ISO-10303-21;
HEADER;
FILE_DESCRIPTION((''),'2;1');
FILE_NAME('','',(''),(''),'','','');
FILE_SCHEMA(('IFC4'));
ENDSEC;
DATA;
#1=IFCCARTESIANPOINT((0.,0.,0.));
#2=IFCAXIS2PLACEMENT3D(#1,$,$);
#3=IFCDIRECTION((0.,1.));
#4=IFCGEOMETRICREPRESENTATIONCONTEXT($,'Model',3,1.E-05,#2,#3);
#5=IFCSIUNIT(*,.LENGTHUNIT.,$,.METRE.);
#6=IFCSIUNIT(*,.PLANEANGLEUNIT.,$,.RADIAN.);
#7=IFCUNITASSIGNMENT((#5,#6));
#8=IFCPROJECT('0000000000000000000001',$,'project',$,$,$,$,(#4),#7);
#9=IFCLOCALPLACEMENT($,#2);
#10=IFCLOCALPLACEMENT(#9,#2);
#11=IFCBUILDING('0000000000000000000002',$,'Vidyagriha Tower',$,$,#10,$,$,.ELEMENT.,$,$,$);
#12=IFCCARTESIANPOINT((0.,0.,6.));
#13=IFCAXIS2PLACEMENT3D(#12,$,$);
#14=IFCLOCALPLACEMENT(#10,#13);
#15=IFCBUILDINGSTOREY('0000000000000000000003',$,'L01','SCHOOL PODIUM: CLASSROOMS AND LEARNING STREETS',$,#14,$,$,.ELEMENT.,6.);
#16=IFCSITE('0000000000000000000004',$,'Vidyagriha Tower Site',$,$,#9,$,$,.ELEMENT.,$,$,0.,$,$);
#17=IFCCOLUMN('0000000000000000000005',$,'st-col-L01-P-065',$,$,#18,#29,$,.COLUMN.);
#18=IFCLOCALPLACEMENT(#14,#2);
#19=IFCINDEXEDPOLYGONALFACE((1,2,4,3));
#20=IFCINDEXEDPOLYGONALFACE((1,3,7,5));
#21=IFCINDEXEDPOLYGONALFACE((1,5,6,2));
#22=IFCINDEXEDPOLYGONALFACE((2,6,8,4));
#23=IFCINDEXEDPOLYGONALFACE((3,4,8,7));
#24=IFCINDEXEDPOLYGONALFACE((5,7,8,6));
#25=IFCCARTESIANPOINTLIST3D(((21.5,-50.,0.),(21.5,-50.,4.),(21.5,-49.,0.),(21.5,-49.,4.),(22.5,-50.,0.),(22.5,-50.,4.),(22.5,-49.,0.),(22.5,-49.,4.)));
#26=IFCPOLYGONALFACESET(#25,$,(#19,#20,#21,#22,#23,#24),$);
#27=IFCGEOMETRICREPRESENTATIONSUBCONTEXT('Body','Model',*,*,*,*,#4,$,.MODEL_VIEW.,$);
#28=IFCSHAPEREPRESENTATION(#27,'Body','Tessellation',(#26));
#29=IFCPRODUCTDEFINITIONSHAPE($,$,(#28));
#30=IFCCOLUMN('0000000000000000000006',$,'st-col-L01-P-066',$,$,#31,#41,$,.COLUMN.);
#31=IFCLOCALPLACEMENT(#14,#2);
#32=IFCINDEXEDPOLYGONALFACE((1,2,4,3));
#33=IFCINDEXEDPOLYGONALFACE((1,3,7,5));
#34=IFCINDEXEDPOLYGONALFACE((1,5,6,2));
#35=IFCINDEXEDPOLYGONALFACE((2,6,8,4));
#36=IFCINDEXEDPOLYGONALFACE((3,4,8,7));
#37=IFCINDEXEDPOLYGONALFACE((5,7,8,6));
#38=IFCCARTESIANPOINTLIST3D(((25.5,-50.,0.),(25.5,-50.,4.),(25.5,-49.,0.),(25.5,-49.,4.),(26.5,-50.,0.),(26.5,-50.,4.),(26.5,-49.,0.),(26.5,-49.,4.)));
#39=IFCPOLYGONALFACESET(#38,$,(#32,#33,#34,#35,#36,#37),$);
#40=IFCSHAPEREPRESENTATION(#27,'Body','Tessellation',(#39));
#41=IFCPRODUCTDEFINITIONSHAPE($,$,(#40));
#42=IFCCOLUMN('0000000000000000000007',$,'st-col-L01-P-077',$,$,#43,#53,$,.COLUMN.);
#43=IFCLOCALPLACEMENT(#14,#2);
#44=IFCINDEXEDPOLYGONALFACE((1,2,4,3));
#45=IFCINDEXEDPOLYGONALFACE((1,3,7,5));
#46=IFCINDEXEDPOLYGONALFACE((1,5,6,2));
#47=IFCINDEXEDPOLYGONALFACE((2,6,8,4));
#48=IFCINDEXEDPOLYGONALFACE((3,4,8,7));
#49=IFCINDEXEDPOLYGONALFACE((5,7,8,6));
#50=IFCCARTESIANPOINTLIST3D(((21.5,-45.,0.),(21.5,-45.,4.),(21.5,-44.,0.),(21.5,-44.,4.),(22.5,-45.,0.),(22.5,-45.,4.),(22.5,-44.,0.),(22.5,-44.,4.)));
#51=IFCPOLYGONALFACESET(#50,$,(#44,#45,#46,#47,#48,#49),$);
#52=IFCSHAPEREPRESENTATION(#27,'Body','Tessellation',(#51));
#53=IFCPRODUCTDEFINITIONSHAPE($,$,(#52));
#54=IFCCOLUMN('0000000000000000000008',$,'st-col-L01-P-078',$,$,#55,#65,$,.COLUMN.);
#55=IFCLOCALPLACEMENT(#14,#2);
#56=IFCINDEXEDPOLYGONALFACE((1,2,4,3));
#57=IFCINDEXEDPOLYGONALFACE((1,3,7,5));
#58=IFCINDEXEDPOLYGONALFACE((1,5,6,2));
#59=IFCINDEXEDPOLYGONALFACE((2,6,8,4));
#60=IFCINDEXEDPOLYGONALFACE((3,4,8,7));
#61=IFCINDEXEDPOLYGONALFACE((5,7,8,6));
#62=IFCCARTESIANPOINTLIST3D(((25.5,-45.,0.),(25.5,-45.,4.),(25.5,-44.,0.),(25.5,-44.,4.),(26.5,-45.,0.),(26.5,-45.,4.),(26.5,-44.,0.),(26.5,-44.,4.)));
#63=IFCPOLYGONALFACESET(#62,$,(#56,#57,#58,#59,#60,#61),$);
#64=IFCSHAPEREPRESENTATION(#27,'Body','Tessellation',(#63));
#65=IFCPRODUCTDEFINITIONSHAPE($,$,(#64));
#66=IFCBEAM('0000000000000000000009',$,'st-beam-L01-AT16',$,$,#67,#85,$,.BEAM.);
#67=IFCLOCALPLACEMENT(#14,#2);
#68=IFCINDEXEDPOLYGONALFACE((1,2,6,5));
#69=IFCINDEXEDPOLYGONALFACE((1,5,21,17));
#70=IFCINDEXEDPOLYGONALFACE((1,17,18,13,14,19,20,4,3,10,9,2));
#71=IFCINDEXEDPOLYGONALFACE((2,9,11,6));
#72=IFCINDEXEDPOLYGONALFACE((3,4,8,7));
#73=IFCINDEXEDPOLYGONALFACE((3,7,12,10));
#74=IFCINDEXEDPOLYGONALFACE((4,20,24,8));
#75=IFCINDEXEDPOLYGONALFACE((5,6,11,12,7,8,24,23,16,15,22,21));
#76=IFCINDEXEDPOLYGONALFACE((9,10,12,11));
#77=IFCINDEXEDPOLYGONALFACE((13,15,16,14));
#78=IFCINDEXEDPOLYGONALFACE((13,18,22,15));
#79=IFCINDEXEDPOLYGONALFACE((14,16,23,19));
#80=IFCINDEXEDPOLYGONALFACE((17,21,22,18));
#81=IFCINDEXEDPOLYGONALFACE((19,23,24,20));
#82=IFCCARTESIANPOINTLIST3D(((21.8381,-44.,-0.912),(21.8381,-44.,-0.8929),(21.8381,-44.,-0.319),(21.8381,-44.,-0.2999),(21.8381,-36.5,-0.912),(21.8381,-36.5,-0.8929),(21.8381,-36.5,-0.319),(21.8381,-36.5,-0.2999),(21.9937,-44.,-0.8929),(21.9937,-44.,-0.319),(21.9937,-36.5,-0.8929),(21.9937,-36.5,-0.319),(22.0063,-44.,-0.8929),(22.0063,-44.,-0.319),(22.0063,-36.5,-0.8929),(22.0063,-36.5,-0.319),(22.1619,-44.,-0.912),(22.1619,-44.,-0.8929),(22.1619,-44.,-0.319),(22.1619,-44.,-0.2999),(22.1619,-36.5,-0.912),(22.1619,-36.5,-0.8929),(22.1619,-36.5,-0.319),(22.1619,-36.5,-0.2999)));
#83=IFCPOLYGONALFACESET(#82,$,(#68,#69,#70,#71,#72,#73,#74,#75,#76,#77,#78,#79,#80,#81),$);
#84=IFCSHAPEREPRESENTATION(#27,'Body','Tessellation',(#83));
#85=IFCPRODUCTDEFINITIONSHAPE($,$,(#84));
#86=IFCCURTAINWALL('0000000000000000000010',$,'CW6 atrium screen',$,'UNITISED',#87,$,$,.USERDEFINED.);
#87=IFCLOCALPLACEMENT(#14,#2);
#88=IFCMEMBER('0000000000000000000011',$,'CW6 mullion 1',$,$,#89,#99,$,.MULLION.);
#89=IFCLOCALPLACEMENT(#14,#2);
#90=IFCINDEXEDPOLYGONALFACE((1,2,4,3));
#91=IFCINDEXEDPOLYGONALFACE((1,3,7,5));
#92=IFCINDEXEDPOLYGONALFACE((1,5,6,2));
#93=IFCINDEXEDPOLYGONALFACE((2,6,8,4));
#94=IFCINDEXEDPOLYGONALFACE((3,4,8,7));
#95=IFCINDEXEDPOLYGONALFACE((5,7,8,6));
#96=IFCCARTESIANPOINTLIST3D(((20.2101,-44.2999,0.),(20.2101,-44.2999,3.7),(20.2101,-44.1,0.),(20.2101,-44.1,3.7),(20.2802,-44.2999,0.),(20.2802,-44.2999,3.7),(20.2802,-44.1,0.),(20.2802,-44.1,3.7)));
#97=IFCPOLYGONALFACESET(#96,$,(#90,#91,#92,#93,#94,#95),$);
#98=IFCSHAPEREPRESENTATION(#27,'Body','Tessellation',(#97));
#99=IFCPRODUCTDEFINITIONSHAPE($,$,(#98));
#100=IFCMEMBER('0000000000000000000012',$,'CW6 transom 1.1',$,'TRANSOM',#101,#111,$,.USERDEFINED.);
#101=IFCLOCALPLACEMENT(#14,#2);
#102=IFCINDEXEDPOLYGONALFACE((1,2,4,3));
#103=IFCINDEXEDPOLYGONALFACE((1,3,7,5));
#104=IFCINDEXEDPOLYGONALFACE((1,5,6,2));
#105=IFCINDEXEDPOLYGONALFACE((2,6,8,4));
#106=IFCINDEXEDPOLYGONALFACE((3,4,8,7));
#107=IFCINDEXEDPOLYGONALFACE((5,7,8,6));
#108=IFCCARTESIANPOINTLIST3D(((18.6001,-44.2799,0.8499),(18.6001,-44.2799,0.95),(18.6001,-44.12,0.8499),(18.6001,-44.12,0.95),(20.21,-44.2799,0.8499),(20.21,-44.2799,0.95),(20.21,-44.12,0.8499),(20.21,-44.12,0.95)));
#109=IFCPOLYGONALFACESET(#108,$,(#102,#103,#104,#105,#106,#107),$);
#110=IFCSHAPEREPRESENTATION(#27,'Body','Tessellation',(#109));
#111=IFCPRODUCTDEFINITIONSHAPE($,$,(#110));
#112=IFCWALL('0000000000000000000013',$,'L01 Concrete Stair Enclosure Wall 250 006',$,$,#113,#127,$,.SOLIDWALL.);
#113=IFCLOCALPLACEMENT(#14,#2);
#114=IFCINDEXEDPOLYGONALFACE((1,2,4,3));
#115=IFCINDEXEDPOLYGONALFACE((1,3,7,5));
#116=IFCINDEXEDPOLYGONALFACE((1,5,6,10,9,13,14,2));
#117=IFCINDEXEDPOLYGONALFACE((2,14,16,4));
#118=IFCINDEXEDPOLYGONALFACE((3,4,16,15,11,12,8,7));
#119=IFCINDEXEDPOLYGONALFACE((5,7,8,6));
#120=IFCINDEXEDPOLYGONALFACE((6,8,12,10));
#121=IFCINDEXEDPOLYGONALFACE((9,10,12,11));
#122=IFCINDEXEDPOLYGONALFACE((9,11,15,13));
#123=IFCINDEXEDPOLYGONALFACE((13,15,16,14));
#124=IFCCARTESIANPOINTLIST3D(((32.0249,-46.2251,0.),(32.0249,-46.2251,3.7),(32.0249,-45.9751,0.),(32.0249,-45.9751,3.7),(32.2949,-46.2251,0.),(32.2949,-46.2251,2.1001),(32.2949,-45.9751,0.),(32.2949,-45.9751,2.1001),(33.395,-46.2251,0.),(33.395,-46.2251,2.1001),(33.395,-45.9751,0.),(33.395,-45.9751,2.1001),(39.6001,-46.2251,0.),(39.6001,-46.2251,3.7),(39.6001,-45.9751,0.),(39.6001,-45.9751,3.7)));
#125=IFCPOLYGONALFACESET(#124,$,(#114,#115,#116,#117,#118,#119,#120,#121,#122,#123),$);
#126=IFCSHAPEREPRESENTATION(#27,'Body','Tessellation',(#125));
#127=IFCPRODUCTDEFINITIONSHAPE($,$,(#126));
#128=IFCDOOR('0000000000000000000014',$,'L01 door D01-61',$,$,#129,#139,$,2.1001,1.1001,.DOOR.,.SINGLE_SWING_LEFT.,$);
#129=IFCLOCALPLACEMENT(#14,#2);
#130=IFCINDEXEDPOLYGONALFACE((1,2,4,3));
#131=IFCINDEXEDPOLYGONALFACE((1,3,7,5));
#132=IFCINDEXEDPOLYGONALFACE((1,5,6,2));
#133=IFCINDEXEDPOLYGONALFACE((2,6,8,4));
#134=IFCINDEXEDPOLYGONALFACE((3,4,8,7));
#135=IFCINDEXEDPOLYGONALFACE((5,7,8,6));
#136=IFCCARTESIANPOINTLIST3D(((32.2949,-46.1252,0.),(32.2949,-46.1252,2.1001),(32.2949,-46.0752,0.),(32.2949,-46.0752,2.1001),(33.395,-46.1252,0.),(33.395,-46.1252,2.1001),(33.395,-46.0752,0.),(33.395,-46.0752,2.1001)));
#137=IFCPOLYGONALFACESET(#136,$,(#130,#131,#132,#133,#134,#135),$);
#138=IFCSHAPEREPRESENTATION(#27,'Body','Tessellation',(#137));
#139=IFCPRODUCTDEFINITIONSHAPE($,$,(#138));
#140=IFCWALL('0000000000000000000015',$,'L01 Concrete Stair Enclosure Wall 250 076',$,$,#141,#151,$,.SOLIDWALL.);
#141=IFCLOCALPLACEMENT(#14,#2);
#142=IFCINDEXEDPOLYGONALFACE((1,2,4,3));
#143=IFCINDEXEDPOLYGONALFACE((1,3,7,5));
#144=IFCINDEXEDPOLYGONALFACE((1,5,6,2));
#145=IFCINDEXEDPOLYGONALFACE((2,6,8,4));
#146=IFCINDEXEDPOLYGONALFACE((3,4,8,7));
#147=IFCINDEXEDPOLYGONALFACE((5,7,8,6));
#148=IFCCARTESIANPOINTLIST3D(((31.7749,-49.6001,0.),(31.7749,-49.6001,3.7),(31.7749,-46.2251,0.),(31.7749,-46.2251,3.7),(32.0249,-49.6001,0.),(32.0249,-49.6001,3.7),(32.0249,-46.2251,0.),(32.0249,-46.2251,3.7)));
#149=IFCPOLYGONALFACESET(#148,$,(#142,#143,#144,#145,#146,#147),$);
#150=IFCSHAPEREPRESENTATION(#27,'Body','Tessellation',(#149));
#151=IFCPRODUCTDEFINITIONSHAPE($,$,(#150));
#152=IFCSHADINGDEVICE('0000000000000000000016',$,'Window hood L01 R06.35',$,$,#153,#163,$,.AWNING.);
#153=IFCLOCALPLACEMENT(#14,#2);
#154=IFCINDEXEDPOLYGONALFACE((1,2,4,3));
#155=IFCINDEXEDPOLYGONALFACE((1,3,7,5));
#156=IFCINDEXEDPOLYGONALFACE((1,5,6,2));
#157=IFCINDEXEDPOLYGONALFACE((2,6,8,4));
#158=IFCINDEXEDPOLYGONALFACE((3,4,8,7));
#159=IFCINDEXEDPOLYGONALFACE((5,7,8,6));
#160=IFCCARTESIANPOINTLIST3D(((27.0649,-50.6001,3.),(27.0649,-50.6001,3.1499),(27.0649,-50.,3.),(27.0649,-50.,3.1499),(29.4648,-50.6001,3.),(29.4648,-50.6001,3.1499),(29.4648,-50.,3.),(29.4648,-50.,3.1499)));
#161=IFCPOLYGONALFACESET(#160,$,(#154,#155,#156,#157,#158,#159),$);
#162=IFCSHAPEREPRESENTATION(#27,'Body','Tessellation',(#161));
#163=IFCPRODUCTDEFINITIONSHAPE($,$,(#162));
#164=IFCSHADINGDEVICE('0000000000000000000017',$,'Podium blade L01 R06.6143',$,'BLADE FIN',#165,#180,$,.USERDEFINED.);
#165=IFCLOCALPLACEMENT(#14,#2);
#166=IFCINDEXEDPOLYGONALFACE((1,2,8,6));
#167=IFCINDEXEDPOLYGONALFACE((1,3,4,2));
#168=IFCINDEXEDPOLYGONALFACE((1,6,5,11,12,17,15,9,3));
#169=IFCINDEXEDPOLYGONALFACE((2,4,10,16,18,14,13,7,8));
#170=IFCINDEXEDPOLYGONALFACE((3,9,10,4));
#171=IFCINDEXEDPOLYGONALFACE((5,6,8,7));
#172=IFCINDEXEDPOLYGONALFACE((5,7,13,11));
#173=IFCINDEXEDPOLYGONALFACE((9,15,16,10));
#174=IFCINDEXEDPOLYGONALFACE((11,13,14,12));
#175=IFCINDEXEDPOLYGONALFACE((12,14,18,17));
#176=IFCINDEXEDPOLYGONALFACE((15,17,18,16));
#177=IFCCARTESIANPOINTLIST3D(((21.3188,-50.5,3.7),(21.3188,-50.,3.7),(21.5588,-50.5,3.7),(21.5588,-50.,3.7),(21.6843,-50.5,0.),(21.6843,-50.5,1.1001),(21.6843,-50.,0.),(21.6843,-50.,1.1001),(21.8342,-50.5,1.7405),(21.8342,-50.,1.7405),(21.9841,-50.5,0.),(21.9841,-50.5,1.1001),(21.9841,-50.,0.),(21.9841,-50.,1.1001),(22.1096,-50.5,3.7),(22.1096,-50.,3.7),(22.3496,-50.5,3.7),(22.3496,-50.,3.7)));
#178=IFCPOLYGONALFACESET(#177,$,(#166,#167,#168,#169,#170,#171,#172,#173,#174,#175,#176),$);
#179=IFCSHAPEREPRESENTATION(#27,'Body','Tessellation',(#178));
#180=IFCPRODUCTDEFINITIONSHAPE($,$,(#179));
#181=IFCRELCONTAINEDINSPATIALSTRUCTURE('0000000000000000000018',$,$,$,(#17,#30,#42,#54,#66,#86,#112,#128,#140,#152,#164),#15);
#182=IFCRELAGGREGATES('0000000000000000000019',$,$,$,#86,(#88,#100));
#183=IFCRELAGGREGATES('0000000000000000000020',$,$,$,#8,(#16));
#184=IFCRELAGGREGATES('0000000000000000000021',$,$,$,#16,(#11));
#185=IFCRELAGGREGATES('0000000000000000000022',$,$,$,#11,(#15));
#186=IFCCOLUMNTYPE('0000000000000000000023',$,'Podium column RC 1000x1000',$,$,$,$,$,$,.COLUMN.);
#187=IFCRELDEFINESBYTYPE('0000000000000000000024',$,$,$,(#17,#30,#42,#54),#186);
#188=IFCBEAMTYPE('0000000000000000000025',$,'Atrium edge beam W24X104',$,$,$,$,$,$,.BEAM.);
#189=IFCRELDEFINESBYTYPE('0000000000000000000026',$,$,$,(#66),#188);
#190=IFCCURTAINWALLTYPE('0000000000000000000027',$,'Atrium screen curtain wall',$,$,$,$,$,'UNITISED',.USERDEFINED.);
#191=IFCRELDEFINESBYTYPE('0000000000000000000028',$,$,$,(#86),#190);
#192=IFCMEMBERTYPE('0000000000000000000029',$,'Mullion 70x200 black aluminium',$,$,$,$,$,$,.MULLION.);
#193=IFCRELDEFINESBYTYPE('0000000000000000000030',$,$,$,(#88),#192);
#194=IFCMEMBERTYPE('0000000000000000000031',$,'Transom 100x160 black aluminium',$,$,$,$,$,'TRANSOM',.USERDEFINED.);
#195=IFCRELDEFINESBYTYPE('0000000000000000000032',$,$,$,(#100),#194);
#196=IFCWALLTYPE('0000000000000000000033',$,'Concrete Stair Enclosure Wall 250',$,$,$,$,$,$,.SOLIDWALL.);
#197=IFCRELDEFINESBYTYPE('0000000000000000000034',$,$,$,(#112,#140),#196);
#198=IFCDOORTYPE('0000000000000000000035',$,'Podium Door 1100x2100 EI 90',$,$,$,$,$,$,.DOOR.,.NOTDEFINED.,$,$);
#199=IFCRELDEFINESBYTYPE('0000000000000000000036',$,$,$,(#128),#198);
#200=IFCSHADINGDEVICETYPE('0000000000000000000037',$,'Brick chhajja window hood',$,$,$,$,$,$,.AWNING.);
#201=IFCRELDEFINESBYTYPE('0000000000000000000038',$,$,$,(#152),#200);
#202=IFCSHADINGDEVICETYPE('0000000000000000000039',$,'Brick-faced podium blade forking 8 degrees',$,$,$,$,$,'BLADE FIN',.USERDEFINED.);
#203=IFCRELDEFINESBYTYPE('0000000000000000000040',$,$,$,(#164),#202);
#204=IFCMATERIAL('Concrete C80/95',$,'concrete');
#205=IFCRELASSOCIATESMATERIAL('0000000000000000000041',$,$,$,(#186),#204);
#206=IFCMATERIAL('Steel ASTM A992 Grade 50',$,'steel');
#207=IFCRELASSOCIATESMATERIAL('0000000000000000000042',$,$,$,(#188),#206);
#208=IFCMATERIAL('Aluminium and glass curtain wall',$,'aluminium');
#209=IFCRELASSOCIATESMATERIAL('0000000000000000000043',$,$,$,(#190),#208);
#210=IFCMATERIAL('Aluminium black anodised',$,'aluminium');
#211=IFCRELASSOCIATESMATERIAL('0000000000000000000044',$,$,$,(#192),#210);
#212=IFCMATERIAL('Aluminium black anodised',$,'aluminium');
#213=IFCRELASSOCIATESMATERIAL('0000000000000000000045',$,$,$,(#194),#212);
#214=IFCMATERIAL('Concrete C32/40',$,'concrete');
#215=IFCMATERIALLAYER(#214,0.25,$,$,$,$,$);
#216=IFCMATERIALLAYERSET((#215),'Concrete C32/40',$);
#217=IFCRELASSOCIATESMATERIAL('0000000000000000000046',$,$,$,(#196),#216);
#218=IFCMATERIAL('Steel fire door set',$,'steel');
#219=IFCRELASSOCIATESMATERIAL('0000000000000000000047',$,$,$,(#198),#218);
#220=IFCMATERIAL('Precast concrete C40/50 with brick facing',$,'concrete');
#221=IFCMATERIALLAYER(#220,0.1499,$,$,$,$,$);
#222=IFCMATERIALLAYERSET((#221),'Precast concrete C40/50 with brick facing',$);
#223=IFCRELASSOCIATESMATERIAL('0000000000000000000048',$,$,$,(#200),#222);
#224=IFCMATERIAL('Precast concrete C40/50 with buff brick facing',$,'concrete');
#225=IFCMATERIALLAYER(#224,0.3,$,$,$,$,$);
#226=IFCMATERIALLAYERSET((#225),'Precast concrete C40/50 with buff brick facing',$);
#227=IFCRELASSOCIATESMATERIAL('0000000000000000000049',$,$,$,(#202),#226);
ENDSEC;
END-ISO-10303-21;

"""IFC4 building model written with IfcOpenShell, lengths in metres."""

from ifc_helpers import new_model, si_unit, direction, frame, frame_2d, origin, origin_2d, place, context, subcontext, project, spatial, polyline, rectangle, i_section, outline, extrude, material, layer, layer_set, material_profile, profile_set, type_object, element, fill, aggregate, save


model = new_model("IFC4")

# Units and contexts
model_context = context("Model", 3, precision=1e-05, world=origin(), true_north=direction((0.0, 1.0)))
body_context = subcontext(model_context, "Body", "Model", "MODEL_VIEW")
ifc_project = project(units=[si_unit("LENGTHUNIT", "METRE"), si_unit("PLANEANGLEUNIT", "RADIAN")], contexts=[model_context])

# Site, building, storey
site_placement = place(None, origin())
site = spatial("IfcSite", under=ifc_project, at=site_placement, Name="Vidyagriha Tower Site", CompositionType="ELEMENT", RefElevation=0.0)
building_placement = place(site_placement, origin())
building = spatial("IfcBuilding", under=site, at=building_placement, Name="Vidyagriha Tower", CompositionType="ELEMENT")
storey_placement = place(building_placement, frame((0.0, 0.0, 6.0)))
storey = spatial("IfcBuildingStorey", under=building, at=storey_placement, Name="L01", Description="SCHOOL PODIUM: CLASSROOMS AND LEARNING STREETS", CompositionType="ELEMENT", Elevation=6.0)

# Columns
ifc_material_1 = material(Name="Concrete C80/95", Category="concrete")
ifc_material_profile_1 = material_profile(ifc_material_1, rectangle(XDim=1.0, YDim=1.0, at=origin_2d()), Name="RC 1000x1000")
ifc_profile_set_1 = profile_set([ifc_material_profile_1], Name="Concrete C80/95")
column_type = type_object("IfcColumnType", Name="Podium column RC 1000x1000", PredefinedType="COLUMN", material=ifc_profile_set_1)
for number, where, name in (
    (1, (22.0, -49.5, 0.0), "st-col-L01-P-065"),
    (2, (26.0, -49.5, 0.0), "st-col-L01-P-066"),
    (3, (22.0, -44.5, 0.0), "st-col-L01-P-077"),
    (4, (26.0, -44.5, 0.0), "st-col-L01-P-078"),
):
    element("IfcColumn", number, at=place(storey_placement, frame(where)), inside=storey, type_object=column_type, Name=name, PredefinedType="COLUMN", context=body_context, shape_type="SweptSolid", body=[
        extrude(rectangle(XDim=1.0, YDim=1.0, at=origin_2d()), origin(), (0.0, 0.0, 1.0), 4.0),
    ])

# Beam
ifc_material_2 = material(Name="Steel ASTM A992 Grade 50", Category="steel")
ifc_material_profile_2 = material_profile(ifc_material_2, i_section(OverallWidth=0.3237, OverallDepth=0.6121, WebThickness=0.0127, FlangeThickness=0.019, at=origin_2d()), Name="W24X104")
ifc_profile_set_2 = profile_set([ifc_material_profile_2], Name="Steel ASTM A992 Grade 50")
beam_type = type_object("IfcBeamType", Name="Atrium edge beam W24X104", PredefinedType="BEAM", material=ifc_profile_set_2)
beam_placement = place(storey_placement, frame((22.0, -44.0, -0.606), z_axis=(0.0, 1.0, 0.0), x_axis=(-1.0, 0.0, 0.0)))
element("IfcBeam", 5, at=beam_placement, inside=storey, type_object=beam_type, Name="st-beam-L01-AT16", PredefinedType="BEAM", context=body_context, shape_type="SweptSolid", body=[
    extrude(i_section(OverallWidth=0.3237, OverallDepth=0.6121, WebThickness=0.0127, FlangeThickness=0.019, at=origin_2d()), origin(), (0.0, 0.0, 1.0), 7.5),
])

# Curtain wall, members
ifc_material_3 = material(Name="Aluminium and glass curtain wall", Category="aluminium")
curtain_wall_type = type_object("IfcCurtainWallType", Name="Atrium screen curtain wall", ElementType="UNITISED", PredefinedType="USERDEFINED", material=ifc_material_3)
curtain_wall_placement = place(storey_placement, origin())
curtain_wall = element("IfcCurtainWall", 6, at=curtain_wall_placement, inside=storey, type_object=curtain_wall_type, Name="CW6 atrium screen", ObjectType="UNITISED", PredefinedType="USERDEFINED")
ifc_material_4 = material(Name="Aluminium black anodised", Category="aluminium")
ifc_material_profile_3 = material_profile(ifc_material_4, rectangle(XDim=0.2, YDim=0.0701, at=origin_2d()), Name="Mullion 70x200 black aluminium")
ifc_profile_set_3 = profile_set([ifc_material_profile_3], Name="Aluminium black anodised")
member_type_1 = type_object("IfcMemberType", Name="Mullion 70x200 black aluminium", PredefinedType="MULLION", material=ifc_profile_set_3)
member_1_placement = place(storey_placement, frame((20.2451, -44.2, 0.0), z_axis=(0.0, 0.0, 1.0), x_axis=(0.0, -1.0, 0.0)))
member_1 = element("IfcMember", 7, at=member_1_placement, type_object=member_type_1, Name="CW6 mullion 1", PredefinedType="MULLION", context=body_context, shape_type="SweptSolid", body=[
    extrude(rectangle(XDim=0.2, YDim=0.0701, at=origin_2d()), origin(), (0.0, 0.0, 1.0), 3.7),
])
ifc_material_5 = material(Name="Aluminium black anodised", Category="aluminium")
ifc_material_profile_4 = material_profile(ifc_material_5, rectangle(XDim=0.1599, YDim=0.1001, at=origin_2d()), Name="Transom 100x160 black aluminium")
ifc_profile_set_4 = profile_set([ifc_material_profile_4], Name="Aluminium black anodised")
member_type_2 = type_object("IfcMemberType", Name="Transom 100x160 black aluminium", ElementType="TRANSOM", PredefinedType="USERDEFINED", material=ifc_profile_set_4)
member_2_placement = place(storey_placement, frame((20.21, -44.2, 0.8999), z_axis=(-1.0, 0.0, 0.0), x_axis=(0.0, -1.0, 0.0)))
member_2 = element("IfcMember", 8, at=member_2_placement, type_object=member_type_2, Name="CW6 transom 1.1", ObjectType="TRANSOM", PredefinedType="USERDEFINED", context=body_context, shape_type="SweptSolid", body=[
    extrude(rectangle(XDim=0.1599, YDim=0.1001, at=origin_2d()), origin(), (0.0, 0.0, 1.0), 1.6099),
])
aggregate(curtain_wall, [member_1, member_2])

# Wall, opening, door
ifc_material_6 = material(Name="Concrete C32/40", Category="concrete")
ifc_layer_1 = layer(ifc_material_6, 0.25)
ifc_layer_set_1 = layer_set([ifc_layer_1], Name="Concrete C32/40")
wall_type = type_object("IfcWallType", Name="Concrete Stair Enclosure Wall 250", PredefinedType="SOLIDWALL", material=ifc_layer_set_1)
wall_1_placement = place(storey_placement, frame((32.0249, -46.1001, 0.0)))
wall_1 = element("IfcWall", 9, at=wall_1_placement, inside=storey, type_object=wall_type, Name="L01 Concrete Stair Enclosure Wall 250 006", PredefinedType="SOLIDWALL", context=body_context, shape_type="SweptSolid", body=[
    extrude(rectangle(XDim=7.5752, YDim=0.25, at=frame_2d((3.7876, 0.0))), origin(), (0.0, 0.0, 1.0), 3.7),
])
opening_placement = place(wall_1_placement, frame((0.27, 0.0, 0.0)))
opening = element("IfcOpeningElement", 10, at=opening_placement, cuts=wall_1, PredefinedType="OPENING", context=body_context, shape_type="SweptSolid", body=[
    extrude(rectangle(XDim=1.1001, YDim=2.1001, at=frame_2d((0.55, 1.05))), frame((0.0, 0.135, 0.0), z_axis=(0.0, -1.0, 0.0), x_axis=(1.0, 0.0, 0.0)), (0.0, 0.0, 1.0), 0.27),
])
ifc_material_7 = material(Name="Steel fire door set", Category="steel")
door_type = type_object("IfcDoorType", Name="Podium Door 1100x2100 EI 90", OperationType="NOTDEFINED", PredefinedType="DOOR", material=ifc_material_7)
door_placement = place(opening_placement, origin())
door = element("IfcDoor", 11, at=door_placement, inside=storey, type_object=door_type, Name="L01 door D01-61", OperationType="SINGLE_SWING_LEFT", OverallHeight=2.1001, OverallWidth=1.1001, PredefinedType="DOOR", context=body_context, shape_type="SweptSolid", body=[
    extrude(rectangle(XDim=1.1001, YDim=2.1001, at=frame_2d((0.55, 1.05))), frame((0.0, 0.0249, 0.0), z_axis=(0.0, -1.0, 0.0), x_axis=(1.0, 0.0, 0.0)), (0.0, 0.0, 1.0), 0.05),
])
fill(opening, door)

# Wall
wall_2_placement = place(storey_placement, frame((31.8999, -49.6001, 0.0), z_axis=(0.0, 0.0, 1.0), x_axis=(0.0, 1.0, 0.0)))
element("IfcWall", 12, at=wall_2_placement, inside=storey, type_object=wall_type, Name="L01 Concrete Stair Enclosure Wall 250 076", PredefinedType="SOLIDWALL", context=body_context, shape_type="SweptSolid", body=[
    extrude(rectangle(XDim=3.375, YDim=0.25, at=frame_2d((1.6875, 0.0))), origin(), (0.0, 0.0, 1.0), 3.7),
])

# Shading devices
ifc_material_8 = material(Name="Precast concrete C40/50 with brick facing", Category="concrete")
ifc_layer_2 = layer(ifc_material_8, 0.1499)
ifc_layer_set_2 = layer_set([ifc_layer_2], Name="Precast concrete C40/50 with brick facing")
shading_device_type_1 = type_object("IfcShadingDeviceType", Name="Brick chhajja window hood", PredefinedType="AWNING", material=ifc_layer_set_2)
shading_device_placement = place(storey_placement, frame((28.2649, -50.3, 3.0)))
element("IfcShadingDevice", 13, at=shading_device_placement, inside=storey, type_object=shading_device_type_1, Name="Window hood L01 R06.35", PredefinedType="AWNING", context=body_context, shape_type="SweptSolid", body=[
    extrude(rectangle(XDim=2.3999, YDim=0.6001, at=origin_2d()), origin(), (0.0, 0.0, 1.0), 0.1499),
])
ifc_material_9 = material(Name="Precast concrete C40/50 with buff brick facing", Category="concrete")
ifc_layer_3 = layer(ifc_material_9, 0.3)
ifc_layer_set_3 = layer_set([ifc_layer_3], Name="Precast concrete C40/50 with buff brick facing")
shading_device_type_2 = type_object("IfcShadingDeviceType", Name="Brick-faced podium blade forking 8 degrees", ElementType="BLADE FIN", PredefinedType="USERDEFINED", material=ifc_layer_set_3)
for number, where, name in (
    (14, (21.3188, -50.25, 0.0), "Podium blade L01 R06.6143"),
):
    element("IfcShadingDevice", number, at=place(storey_placement, frame(where)), inside=storey, type_object=shading_device_type_2, Name=name, ObjectType="BLADE FIN", PredefinedType="USERDEFINED", context=body_context, shape_type="SweptSolid", body=[
        extrude(outline(polyline([(0.6653, 0.0), (0.6653, 1.1001), (1.0308, 3.7), (0.7908, 3.7), (0.5154, 1.7405), (0.24, 3.7), (0.0, 3.7), (0.3655, 1.1001), (0.3655, 0.0), (0.6653, 0.0)])), frame((0.0, 0.25, 0.0), z_axis=(0.0, -1.0, 0.0), x_axis=(1.0, 0.0, 0.0)), (0.0, 0.0, 1.0), 0.5),
    ])

save(model, "model.ifc")
